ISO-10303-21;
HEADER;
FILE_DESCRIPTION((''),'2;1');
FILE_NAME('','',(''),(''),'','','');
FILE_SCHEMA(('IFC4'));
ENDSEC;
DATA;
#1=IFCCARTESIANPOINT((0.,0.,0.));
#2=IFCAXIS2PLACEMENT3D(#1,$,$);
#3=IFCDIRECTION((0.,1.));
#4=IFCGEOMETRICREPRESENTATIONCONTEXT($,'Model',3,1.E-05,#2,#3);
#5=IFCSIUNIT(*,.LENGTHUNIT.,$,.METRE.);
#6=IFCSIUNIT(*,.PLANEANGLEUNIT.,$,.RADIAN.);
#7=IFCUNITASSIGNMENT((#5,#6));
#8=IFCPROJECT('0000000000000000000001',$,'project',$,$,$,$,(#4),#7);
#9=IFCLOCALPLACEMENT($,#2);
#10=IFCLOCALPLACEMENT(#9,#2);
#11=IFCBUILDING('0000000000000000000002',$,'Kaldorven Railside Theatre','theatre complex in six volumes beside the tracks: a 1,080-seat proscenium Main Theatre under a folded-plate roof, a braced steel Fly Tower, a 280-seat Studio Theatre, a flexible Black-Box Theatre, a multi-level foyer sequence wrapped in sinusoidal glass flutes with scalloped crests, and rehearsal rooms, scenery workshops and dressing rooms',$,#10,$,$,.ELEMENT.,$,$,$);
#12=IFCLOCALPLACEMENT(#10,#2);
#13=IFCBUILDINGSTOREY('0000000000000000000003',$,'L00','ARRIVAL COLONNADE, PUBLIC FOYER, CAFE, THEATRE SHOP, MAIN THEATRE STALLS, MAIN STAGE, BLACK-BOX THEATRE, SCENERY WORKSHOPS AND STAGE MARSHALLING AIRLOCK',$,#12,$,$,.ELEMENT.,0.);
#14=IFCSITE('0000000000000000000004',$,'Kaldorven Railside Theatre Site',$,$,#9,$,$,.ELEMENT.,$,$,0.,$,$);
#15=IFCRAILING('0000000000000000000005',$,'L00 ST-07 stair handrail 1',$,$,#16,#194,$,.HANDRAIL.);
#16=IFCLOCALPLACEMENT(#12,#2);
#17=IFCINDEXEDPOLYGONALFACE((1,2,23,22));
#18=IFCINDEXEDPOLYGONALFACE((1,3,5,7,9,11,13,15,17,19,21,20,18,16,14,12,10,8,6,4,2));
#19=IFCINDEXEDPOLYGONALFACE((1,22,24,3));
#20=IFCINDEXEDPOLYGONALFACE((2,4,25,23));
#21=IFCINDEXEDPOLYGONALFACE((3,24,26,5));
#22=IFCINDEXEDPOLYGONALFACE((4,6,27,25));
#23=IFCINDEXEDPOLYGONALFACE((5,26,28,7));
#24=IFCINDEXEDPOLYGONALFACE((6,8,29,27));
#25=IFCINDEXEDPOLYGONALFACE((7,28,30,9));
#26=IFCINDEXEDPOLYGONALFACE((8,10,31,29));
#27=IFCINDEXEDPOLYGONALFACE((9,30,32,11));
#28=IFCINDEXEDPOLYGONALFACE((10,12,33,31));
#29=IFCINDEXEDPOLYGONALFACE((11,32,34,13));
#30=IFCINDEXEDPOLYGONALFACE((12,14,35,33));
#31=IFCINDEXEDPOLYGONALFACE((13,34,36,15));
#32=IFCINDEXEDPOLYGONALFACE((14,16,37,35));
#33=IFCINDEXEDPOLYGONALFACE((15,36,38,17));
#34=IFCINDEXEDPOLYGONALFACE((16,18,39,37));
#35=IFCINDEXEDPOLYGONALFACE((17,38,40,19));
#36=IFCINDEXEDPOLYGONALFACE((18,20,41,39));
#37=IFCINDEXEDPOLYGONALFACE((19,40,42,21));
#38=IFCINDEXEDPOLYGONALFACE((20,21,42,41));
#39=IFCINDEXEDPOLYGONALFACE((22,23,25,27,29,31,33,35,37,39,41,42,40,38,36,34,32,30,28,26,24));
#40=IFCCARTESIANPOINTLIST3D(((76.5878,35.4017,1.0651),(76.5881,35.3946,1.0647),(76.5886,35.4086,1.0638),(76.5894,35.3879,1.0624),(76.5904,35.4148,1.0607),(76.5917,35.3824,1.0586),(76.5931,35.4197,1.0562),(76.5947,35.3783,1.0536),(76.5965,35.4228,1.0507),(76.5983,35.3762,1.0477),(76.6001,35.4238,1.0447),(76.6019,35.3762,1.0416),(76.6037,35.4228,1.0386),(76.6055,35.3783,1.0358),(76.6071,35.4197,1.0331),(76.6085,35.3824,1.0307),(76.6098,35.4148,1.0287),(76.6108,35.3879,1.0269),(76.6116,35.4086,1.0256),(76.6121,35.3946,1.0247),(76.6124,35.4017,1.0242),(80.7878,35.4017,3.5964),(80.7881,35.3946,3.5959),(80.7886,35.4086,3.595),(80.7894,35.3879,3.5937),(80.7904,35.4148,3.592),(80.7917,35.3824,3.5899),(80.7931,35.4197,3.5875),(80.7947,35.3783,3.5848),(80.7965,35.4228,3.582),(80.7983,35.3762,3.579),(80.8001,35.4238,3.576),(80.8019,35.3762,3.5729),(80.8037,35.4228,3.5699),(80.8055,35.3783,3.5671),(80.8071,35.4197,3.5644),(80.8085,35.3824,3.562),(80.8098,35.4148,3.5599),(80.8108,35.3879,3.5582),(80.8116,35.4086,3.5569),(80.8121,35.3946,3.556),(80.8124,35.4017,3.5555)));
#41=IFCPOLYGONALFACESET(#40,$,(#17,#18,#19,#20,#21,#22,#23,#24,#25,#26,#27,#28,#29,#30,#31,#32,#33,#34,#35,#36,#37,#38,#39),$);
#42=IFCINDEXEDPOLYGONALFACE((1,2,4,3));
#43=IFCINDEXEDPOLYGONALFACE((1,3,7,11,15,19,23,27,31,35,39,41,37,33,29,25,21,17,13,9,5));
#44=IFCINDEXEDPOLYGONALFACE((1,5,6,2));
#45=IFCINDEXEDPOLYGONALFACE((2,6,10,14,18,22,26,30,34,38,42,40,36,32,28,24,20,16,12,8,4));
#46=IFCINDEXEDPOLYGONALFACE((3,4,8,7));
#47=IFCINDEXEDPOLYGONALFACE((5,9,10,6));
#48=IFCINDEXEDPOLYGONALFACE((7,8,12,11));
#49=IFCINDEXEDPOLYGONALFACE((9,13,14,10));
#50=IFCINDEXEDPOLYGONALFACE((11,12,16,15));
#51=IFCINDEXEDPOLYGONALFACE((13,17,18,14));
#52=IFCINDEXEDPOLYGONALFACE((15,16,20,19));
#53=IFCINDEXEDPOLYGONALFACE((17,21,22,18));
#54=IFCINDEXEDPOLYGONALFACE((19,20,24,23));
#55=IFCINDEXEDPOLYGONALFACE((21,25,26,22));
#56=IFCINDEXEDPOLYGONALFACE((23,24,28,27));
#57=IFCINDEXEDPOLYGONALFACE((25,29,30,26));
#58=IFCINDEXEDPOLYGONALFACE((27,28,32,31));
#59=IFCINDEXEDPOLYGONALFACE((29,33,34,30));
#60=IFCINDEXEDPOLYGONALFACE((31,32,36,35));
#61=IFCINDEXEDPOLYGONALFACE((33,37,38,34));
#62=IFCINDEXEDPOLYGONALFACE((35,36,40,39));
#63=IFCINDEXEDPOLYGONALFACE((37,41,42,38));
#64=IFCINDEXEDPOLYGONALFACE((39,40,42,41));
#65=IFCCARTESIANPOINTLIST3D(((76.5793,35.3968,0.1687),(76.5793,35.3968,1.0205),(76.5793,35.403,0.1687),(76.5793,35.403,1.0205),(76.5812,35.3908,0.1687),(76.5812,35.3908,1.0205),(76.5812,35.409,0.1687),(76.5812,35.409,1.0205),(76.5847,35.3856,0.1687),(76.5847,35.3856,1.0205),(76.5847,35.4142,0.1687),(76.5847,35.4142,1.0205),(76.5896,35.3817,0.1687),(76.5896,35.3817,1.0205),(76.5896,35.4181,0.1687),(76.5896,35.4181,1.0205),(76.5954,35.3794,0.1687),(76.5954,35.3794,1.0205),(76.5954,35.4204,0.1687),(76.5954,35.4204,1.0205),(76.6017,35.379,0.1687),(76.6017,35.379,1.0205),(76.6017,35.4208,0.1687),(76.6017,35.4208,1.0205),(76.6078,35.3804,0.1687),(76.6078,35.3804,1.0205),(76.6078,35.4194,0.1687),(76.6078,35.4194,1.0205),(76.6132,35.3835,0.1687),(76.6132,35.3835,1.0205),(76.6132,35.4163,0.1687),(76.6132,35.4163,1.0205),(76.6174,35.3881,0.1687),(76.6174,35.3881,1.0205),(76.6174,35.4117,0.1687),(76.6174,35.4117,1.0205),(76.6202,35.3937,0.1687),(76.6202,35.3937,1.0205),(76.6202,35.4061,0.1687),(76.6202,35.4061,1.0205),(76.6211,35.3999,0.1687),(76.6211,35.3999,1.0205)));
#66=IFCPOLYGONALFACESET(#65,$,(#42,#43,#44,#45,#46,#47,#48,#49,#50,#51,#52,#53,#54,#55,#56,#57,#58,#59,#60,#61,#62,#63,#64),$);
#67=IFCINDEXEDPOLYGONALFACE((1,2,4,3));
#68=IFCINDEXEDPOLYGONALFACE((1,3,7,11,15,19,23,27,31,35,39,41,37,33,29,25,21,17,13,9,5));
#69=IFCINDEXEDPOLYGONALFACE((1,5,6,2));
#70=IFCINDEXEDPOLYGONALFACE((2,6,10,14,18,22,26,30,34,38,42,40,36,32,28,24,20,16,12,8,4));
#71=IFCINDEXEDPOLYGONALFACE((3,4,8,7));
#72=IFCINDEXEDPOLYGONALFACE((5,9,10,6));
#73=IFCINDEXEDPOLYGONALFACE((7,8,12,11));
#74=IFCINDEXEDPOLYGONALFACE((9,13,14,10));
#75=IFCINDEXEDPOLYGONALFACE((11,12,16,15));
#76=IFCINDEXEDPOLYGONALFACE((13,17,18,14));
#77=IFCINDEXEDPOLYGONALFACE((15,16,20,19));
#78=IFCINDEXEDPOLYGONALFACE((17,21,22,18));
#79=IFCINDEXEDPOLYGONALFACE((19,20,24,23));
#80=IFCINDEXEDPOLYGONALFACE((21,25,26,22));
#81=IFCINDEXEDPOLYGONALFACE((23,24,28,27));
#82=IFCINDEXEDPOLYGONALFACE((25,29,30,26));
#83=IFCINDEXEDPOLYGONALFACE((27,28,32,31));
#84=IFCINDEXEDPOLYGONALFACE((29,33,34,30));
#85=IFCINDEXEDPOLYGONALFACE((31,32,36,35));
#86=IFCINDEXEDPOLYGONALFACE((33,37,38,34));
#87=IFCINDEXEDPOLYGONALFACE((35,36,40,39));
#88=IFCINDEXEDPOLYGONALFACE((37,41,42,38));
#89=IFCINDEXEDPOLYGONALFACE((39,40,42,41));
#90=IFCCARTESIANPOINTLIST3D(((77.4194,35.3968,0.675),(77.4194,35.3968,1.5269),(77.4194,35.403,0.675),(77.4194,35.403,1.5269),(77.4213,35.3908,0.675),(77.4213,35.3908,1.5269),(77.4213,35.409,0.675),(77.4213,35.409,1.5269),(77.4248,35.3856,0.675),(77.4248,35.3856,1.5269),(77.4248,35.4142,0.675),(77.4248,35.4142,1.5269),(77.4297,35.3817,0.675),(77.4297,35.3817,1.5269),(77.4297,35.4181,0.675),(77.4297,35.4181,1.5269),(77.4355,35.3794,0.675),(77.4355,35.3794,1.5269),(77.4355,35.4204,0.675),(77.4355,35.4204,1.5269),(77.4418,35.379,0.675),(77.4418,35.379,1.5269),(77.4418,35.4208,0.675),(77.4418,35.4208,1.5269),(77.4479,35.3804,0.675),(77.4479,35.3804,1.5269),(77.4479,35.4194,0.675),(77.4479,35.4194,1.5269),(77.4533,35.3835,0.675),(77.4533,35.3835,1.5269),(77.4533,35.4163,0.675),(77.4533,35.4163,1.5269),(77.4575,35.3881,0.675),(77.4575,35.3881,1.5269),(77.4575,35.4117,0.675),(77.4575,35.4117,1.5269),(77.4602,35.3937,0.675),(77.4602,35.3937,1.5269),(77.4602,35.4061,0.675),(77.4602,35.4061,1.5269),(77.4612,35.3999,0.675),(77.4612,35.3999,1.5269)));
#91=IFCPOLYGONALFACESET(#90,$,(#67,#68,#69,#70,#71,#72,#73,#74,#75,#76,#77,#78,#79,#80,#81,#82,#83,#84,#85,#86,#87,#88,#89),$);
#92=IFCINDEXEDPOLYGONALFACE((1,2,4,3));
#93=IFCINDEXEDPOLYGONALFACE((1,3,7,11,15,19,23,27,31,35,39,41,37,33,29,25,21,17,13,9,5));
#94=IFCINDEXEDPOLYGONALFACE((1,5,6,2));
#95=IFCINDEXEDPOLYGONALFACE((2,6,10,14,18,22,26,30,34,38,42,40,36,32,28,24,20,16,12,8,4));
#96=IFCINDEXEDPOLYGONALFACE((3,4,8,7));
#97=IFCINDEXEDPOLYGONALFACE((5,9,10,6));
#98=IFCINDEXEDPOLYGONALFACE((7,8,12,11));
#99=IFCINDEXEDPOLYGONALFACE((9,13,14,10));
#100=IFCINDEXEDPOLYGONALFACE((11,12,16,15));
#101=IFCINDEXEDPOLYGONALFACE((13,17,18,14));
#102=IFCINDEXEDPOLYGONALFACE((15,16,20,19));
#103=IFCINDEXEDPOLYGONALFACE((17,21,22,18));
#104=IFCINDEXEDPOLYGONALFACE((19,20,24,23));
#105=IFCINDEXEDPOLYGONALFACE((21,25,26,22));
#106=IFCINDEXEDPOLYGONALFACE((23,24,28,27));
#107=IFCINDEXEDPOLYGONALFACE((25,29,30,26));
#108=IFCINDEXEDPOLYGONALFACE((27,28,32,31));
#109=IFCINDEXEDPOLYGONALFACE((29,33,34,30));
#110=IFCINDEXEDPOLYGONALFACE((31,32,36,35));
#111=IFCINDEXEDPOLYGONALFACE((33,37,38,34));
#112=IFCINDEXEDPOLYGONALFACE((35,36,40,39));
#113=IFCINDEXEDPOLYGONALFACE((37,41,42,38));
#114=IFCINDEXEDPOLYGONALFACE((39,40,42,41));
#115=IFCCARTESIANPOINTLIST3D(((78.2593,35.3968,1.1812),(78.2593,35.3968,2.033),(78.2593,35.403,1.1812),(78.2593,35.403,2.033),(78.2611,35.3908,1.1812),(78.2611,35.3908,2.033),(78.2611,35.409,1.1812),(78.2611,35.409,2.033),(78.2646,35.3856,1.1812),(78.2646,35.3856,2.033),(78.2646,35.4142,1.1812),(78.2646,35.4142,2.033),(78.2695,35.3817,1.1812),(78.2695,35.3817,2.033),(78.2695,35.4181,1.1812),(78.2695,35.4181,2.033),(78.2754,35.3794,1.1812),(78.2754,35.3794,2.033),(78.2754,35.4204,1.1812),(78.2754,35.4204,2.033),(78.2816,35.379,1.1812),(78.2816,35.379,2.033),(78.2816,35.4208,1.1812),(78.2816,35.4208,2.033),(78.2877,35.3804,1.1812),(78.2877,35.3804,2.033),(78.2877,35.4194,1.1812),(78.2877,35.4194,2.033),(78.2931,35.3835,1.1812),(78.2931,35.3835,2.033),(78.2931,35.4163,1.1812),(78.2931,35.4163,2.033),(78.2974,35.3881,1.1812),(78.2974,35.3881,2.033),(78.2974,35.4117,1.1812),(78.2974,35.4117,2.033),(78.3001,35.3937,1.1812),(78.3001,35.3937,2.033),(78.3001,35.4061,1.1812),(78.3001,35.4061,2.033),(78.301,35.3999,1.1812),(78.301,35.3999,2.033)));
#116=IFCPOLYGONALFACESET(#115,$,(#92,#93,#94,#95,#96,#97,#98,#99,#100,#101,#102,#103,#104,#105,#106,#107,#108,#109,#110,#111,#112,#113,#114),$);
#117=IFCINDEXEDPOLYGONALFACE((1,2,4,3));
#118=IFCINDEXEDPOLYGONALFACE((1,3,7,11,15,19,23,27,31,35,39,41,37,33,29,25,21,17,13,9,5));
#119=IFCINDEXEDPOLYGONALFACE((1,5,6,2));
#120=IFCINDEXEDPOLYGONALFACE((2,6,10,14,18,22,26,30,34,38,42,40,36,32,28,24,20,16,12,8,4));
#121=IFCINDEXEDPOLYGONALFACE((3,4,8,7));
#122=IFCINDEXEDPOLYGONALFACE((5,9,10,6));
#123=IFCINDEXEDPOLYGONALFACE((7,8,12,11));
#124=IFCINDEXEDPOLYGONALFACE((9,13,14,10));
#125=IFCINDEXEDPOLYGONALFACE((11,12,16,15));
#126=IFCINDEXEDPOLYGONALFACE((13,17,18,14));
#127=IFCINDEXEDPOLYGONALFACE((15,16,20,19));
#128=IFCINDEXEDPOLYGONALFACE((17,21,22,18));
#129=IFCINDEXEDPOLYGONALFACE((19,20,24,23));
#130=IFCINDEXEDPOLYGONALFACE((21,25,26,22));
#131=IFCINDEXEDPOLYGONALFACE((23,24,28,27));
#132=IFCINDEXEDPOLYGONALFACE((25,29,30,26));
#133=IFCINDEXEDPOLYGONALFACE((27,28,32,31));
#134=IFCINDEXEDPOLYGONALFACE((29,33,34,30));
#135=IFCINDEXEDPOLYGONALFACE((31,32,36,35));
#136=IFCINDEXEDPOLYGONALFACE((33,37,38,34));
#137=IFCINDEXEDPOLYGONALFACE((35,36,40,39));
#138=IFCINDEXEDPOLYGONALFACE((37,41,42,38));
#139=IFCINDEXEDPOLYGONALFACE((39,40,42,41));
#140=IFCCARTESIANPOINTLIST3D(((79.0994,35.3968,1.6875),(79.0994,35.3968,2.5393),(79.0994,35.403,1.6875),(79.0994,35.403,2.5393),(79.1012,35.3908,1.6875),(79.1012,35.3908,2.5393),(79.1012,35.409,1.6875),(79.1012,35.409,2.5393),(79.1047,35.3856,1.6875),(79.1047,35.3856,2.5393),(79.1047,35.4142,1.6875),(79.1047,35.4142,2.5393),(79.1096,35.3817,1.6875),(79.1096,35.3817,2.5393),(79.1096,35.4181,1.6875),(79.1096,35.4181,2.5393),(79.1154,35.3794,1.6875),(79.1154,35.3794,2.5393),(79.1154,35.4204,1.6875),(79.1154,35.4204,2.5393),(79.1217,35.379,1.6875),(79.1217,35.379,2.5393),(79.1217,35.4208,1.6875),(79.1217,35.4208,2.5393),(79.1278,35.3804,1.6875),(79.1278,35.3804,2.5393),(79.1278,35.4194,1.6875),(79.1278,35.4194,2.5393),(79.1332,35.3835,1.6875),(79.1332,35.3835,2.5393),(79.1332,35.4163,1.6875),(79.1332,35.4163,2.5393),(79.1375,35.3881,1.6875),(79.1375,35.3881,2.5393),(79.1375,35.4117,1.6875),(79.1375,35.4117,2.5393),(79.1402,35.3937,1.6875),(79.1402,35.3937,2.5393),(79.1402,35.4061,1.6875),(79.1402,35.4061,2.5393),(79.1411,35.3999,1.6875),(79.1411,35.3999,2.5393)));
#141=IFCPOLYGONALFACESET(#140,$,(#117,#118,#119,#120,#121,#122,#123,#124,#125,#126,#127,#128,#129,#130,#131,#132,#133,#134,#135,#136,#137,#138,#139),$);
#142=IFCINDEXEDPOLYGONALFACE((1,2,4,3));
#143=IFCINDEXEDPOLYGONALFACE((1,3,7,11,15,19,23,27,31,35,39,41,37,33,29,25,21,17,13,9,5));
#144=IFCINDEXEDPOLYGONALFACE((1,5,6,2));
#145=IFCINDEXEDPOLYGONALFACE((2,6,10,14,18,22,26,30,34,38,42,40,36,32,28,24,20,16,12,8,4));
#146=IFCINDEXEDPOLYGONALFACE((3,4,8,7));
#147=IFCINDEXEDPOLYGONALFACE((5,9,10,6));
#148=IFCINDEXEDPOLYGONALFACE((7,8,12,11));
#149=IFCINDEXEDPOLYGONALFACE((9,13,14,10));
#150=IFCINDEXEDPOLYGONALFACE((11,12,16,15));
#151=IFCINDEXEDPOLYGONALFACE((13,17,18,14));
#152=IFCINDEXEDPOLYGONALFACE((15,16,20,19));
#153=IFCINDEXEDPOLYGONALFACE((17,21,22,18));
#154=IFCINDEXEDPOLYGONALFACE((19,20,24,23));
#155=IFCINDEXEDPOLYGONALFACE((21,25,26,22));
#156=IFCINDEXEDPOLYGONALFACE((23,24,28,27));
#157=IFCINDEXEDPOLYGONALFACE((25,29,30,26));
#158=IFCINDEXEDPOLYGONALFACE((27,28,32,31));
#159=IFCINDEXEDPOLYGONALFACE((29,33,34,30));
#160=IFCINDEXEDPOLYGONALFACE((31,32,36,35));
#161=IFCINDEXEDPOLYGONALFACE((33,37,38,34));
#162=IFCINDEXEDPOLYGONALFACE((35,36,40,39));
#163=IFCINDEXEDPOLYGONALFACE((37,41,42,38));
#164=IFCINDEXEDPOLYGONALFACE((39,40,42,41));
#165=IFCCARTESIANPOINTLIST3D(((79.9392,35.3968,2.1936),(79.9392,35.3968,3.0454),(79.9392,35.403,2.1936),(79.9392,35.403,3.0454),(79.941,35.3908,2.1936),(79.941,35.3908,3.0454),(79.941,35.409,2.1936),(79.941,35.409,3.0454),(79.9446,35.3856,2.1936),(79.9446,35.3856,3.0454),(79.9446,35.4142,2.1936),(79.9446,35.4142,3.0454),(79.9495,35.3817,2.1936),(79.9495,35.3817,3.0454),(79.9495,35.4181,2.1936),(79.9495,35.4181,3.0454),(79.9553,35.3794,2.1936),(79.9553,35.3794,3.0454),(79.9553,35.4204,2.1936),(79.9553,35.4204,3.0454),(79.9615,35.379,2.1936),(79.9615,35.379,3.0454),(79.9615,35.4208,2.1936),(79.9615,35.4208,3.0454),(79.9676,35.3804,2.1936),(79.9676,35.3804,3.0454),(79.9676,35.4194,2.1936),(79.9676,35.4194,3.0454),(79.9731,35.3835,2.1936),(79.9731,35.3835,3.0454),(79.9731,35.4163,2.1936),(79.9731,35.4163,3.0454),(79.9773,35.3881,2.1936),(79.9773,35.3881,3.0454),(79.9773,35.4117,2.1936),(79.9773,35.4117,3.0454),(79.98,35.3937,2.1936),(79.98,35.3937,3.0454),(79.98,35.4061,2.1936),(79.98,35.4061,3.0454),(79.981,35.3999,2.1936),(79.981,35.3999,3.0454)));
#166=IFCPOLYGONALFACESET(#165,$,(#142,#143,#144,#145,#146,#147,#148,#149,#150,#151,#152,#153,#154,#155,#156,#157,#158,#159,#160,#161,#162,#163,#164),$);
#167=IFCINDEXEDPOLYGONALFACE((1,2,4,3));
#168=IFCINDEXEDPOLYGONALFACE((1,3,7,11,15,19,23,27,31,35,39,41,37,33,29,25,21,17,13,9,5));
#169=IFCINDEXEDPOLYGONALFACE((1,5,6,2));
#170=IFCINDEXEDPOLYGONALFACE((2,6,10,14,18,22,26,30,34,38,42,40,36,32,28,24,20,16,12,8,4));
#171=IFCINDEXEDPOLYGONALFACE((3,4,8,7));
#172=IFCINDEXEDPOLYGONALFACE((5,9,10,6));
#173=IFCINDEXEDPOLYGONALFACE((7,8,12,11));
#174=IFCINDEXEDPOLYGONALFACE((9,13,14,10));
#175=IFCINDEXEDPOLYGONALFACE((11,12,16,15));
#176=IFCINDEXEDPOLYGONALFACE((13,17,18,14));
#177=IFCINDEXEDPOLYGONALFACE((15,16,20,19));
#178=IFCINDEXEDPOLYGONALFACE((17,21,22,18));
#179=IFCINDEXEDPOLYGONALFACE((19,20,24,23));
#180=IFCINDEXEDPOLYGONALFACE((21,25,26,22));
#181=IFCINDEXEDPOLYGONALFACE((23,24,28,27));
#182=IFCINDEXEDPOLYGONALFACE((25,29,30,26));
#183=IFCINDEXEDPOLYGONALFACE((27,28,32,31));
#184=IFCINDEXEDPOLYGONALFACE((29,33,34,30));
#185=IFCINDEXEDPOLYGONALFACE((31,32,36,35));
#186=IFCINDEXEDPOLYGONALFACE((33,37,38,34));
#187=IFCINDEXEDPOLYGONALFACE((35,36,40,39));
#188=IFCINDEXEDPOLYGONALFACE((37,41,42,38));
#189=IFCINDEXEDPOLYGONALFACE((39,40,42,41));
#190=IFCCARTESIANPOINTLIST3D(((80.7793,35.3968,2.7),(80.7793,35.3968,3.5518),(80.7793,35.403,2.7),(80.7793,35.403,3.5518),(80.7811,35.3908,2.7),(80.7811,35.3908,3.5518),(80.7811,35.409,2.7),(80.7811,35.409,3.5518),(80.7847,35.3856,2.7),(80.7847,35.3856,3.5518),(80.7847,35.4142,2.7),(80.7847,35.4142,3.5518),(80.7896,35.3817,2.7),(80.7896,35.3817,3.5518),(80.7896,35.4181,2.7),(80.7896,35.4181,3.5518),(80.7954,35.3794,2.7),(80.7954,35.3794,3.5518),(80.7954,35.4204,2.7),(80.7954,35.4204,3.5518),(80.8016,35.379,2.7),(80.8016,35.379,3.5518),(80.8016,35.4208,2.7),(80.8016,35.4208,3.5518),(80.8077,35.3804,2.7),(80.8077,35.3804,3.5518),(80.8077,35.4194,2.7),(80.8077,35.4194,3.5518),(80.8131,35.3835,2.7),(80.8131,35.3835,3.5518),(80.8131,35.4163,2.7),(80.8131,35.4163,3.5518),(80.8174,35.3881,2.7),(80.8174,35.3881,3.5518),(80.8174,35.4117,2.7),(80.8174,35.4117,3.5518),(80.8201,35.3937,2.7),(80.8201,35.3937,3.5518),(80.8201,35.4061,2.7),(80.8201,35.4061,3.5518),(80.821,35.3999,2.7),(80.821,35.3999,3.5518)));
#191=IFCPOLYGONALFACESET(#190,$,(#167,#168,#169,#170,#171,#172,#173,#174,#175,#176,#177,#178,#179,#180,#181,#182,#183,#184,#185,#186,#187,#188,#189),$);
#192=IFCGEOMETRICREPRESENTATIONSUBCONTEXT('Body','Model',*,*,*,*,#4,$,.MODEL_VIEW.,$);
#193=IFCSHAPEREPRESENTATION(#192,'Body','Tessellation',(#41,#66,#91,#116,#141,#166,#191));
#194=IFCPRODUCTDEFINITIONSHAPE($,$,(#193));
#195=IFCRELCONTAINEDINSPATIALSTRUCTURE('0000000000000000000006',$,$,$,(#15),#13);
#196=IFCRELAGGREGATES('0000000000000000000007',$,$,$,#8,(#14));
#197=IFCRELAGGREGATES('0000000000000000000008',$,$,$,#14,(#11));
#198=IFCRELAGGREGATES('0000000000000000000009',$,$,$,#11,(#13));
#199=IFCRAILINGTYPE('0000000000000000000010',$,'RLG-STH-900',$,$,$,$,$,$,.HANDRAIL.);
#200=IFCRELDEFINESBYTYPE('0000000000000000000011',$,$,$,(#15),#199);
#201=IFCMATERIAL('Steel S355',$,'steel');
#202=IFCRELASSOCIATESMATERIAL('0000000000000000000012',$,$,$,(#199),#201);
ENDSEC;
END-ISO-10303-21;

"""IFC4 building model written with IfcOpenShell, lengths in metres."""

from ifc_helpers import new_model, si_unit, direction, frame, origin, origin_2d, place, context, subcontext, project, spatial, circle, extrude, material, type_object, element, save


model = new_model("IFC4")

# Units and contexts
model_context = context("Model", 3, precision=1e-05, world=origin(), true_north=direction((0.0, 1.0)))
body_context = subcontext(model_context, "Body", "Model", "MODEL_VIEW")
ifc_project = project(units=[si_unit("LENGTHUNIT", "METRE"), si_unit("PLANEANGLEUNIT", "RADIAN")], contexts=[model_context])

# Site, building, storey
site_placement = place(None, origin())
site = spatial("IfcSite", under=ifc_project, at=site_placement, Name="Kaldorven Railside Theatre Site", CompositionType="ELEMENT", RefElevation=0.0)
building_placement = place(site_placement, origin())
building = spatial("IfcBuilding", under=site, at=building_placement, Name="Kaldorven Railside Theatre", Description="theatre complex in six volumes beside the tracks: a 1,080-seat proscenium Main Theatre under a folded-plate roof, a braced steel Fly Tower, a 280-seat Studio Theatre, a flexible Black-Box Theatre, a multi-level foyer sequence wrapped in sinusoidal glass flutes with scalloped crests, and rehearsal rooms, scenery workshops and dressing rooms", CompositionType="ELEMENT")
storey_placement = place(building_placement, origin())
storey = spatial("IfcBuildingStorey", under=building, at=storey_placement, Name="L00", Description="ARRIVAL COLONNADE, PUBLIC FOYER, CAFE, THEATRE SHOP, MAIN THEATRE STALLS, MAIN STAGE, BLACK-BOX THEATRE, SCENERY WORKSHOPS AND STAGE MARSHALLING AIRLOCK", CompositionType="ELEMENT", Elevation=0.0)

# Shared definitions
ifc_material_1 = material(Name="Steel S355", Category="steel")

# Railing
railing_type_1 = type_object("IfcRailingType", Name="RLG-STH-900", PredefinedType="HANDRAIL", material=ifc_material_1)
railing_1_placement = place(storey_placement, frame((76.6001, 35.3999, 0.1687)))
element("IfcRailing", 1, at=railing_1_placement, inside=storey, type_object=railing_type_1, Name="L00 ST-07 stair handrail 1", PredefinedType="HANDRAIL", context=body_context, shape_type="SweptSolid", body=[
    extrude(circle(Radius=0.0239, at=origin_2d()), frame((0.0, 0.0, 0.876), z_axis=(0.856476, 0.0, 0.516186), x_axis=(0.0, 1.0, 0.0)), (0.0, 0.0, 1.0), 4.9038),
    extrude(circle(Radius=0.021, at=origin_2d()), origin(), (0.0, 0.0, 1.0), 0.8518),
    extrude(circle(Radius=0.021, at=origin_2d()), frame((0.8401, 0.0, 0.5063)), (0.0, 0.0, 1.0), 0.8518),
    extrude(circle(Radius=0.021, at=origin_2d()), frame((1.6799, 0.0, 1.0125)), (0.0, 0.0, 1.0), 0.8518),
    extrude(circle(Radius=0.021, at=origin_2d()), frame((2.52, 0.0, 1.5188)), (0.0, 0.0, 1.0), 0.8518),
    extrude(circle(Radius=0.021, at=origin_2d()), frame((3.3599, 0.0, 2.0249)), (0.0, 0.0, 1.0), 0.8518),
    extrude(circle(Radius=0.021, at=origin_2d()), frame((4.2, 0.0, 2.5312)), (0.0, 0.0, 1.0), 0.8518),
])

save(model, "model.ifc")
